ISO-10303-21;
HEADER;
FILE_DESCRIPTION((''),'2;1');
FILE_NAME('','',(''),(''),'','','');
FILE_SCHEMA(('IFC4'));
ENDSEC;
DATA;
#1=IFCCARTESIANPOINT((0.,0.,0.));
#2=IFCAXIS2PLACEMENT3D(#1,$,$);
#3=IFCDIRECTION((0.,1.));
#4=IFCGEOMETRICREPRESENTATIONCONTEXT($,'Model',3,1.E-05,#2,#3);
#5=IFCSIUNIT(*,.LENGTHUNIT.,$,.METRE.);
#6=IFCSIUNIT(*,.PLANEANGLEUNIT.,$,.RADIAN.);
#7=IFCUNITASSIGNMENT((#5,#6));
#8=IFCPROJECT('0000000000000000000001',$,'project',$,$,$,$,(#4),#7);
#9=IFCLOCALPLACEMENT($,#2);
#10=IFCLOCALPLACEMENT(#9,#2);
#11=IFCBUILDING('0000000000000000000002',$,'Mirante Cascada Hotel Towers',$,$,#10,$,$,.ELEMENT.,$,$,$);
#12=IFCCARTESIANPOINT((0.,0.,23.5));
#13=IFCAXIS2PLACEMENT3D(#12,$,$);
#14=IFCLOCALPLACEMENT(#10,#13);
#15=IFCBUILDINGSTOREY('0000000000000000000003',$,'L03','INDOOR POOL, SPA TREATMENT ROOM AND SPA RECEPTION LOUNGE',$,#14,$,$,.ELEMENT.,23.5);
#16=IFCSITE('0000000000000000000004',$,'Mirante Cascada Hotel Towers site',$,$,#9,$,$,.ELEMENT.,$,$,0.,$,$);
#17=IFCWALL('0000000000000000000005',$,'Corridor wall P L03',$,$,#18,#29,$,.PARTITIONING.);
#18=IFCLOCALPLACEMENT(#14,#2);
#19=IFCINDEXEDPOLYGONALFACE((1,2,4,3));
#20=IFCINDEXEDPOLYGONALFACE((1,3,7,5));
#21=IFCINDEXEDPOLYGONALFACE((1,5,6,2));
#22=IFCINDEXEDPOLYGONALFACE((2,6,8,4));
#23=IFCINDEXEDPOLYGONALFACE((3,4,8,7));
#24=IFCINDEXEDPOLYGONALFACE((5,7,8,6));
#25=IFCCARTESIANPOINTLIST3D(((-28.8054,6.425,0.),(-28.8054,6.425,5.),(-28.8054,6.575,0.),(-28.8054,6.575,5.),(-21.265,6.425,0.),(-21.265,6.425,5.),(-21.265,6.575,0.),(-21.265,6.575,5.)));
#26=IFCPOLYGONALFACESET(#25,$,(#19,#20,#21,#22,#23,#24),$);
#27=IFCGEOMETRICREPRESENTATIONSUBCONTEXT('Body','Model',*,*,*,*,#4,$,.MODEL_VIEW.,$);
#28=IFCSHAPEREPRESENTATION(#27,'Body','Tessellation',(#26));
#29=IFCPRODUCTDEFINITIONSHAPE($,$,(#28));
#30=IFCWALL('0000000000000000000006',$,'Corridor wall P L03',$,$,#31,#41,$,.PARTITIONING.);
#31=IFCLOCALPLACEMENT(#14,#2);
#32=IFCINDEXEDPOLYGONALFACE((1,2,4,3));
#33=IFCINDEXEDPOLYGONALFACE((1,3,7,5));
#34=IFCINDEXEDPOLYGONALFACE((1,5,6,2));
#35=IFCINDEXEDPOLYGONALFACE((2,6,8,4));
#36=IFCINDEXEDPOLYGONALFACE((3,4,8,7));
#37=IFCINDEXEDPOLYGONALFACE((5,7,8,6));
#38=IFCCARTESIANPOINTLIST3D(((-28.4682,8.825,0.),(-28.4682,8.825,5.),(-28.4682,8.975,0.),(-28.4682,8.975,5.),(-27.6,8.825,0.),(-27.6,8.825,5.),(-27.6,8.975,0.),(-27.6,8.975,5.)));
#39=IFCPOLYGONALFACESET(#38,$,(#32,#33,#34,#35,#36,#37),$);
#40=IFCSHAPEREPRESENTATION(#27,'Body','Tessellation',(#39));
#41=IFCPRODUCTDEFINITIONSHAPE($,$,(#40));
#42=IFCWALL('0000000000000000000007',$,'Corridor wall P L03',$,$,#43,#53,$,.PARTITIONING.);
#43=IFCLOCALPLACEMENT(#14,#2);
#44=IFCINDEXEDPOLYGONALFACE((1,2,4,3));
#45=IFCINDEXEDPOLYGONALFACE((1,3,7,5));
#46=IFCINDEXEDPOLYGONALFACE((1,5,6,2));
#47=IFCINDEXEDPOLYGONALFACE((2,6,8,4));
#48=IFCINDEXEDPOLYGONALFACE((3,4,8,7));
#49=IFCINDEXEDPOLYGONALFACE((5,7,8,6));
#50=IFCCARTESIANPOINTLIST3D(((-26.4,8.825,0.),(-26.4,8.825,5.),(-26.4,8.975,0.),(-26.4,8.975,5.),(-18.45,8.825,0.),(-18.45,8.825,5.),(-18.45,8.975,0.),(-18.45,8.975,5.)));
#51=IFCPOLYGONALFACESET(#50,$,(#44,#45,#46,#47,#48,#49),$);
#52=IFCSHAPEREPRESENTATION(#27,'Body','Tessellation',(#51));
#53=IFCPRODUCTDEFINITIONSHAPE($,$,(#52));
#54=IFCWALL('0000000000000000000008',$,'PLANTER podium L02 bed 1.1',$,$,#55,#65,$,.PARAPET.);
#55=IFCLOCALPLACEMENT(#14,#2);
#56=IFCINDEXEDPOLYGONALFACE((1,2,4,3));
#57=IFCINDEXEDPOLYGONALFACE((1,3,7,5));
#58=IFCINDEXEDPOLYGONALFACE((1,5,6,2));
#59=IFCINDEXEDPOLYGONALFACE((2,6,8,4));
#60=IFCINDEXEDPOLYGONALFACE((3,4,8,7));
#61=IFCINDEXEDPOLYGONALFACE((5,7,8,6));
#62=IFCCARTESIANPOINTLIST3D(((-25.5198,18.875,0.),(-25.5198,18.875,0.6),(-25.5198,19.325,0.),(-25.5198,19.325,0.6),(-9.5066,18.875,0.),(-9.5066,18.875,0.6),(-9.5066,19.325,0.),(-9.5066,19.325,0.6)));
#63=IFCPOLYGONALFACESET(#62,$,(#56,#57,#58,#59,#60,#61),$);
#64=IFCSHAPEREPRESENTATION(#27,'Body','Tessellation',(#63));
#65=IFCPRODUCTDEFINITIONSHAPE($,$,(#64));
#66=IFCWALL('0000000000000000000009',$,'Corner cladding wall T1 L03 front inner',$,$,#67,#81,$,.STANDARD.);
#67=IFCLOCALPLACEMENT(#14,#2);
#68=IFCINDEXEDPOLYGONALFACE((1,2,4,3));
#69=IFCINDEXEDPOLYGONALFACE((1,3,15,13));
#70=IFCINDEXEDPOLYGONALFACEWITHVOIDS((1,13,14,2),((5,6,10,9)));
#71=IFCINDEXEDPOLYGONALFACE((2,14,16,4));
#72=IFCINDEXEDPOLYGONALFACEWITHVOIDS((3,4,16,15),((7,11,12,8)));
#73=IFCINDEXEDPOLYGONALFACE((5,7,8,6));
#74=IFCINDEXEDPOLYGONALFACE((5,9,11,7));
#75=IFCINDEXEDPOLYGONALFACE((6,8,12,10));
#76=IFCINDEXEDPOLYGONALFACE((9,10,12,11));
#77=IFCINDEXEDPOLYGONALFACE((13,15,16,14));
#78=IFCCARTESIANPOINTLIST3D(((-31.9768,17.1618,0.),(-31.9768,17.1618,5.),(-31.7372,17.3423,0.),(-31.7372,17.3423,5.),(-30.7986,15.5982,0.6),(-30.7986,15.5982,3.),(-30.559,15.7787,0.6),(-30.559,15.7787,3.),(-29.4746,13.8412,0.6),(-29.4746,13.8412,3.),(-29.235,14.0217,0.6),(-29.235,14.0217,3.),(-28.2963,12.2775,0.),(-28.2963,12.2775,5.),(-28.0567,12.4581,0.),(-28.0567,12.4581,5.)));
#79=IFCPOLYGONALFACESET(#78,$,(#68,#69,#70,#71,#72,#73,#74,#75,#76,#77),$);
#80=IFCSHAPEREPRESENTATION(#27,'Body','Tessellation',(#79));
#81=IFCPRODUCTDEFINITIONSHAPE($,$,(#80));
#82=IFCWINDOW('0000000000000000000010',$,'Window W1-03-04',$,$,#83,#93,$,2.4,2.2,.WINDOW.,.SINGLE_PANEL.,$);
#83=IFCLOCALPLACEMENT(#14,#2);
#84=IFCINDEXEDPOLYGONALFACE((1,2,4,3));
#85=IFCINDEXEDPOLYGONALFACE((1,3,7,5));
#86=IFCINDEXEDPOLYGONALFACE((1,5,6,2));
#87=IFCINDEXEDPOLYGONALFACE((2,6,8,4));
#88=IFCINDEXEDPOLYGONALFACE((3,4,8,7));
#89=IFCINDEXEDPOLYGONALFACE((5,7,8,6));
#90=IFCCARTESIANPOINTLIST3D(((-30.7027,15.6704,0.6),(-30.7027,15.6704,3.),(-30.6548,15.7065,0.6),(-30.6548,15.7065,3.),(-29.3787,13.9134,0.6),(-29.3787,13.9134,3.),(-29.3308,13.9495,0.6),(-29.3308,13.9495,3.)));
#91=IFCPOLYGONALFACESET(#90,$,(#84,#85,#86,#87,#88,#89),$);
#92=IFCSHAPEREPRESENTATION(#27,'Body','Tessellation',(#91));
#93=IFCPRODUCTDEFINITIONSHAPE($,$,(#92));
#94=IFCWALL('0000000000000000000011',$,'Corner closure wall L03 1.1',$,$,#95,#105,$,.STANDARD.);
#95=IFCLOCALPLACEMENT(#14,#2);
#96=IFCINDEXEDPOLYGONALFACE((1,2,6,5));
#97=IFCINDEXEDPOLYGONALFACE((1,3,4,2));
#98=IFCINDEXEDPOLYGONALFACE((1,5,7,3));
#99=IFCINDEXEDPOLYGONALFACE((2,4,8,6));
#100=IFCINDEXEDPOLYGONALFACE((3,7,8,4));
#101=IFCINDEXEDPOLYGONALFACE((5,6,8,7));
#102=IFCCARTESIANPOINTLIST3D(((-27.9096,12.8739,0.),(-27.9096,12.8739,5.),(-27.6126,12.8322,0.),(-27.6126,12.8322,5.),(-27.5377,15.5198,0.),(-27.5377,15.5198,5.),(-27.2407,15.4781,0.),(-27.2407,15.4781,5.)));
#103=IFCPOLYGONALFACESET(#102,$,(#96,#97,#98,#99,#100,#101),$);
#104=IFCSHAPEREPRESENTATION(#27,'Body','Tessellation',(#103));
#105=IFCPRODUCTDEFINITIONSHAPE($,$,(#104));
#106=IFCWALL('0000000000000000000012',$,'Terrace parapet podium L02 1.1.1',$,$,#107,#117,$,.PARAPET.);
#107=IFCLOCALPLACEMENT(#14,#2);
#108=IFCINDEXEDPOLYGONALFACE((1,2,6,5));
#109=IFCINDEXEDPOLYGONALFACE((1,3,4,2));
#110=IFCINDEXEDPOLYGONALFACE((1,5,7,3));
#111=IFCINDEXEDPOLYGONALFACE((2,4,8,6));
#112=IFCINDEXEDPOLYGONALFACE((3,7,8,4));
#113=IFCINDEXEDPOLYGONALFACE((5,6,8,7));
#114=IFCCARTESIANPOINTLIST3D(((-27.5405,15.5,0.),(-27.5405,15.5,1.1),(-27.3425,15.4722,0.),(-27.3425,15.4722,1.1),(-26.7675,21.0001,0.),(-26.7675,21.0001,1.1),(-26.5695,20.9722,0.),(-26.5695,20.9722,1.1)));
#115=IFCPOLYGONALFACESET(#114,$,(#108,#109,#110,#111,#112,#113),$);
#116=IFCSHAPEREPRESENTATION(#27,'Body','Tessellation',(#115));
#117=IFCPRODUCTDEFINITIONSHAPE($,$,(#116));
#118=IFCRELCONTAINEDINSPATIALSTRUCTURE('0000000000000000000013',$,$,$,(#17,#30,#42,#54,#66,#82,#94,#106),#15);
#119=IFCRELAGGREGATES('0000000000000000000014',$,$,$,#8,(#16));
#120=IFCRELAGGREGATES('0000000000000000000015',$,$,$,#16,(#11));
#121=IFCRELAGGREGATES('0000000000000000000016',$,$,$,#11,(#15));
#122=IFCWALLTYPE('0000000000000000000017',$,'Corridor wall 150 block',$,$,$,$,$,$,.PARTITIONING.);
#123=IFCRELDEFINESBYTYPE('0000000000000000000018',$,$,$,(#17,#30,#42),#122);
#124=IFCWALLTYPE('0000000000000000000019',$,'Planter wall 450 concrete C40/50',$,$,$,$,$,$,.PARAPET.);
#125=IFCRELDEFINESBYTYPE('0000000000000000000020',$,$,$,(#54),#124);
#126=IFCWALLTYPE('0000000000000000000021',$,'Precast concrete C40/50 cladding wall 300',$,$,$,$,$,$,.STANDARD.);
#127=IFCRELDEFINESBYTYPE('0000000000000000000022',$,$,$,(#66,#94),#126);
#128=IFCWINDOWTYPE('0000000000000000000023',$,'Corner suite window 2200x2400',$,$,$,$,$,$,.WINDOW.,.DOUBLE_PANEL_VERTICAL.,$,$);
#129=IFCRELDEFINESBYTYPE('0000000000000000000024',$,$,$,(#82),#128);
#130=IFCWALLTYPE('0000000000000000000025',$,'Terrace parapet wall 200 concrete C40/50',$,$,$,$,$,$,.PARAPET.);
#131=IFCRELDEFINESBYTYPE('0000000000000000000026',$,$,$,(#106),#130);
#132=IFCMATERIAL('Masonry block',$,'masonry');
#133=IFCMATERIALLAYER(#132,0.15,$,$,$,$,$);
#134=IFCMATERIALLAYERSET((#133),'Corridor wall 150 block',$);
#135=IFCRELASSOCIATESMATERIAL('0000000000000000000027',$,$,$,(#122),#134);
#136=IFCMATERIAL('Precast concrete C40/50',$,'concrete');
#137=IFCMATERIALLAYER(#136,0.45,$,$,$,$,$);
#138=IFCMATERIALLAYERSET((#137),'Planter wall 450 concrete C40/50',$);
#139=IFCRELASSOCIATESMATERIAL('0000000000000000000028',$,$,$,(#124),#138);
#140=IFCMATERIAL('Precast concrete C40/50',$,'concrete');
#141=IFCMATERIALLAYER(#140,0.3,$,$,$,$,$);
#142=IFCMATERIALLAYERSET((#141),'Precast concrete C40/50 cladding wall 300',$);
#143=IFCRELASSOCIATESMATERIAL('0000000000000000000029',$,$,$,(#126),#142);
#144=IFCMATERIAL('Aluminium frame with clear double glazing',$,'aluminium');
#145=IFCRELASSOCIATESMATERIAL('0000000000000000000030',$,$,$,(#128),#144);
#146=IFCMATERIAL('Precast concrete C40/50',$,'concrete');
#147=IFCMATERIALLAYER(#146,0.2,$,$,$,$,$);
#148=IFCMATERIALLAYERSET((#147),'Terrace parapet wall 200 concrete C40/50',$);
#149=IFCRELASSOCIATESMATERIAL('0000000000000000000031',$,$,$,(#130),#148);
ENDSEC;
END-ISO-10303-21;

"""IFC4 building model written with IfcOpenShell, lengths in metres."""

from ifc_helpers import new_model, si_unit, direction, frame, frame_2d, origin, place, context, subcontext, project, spatial, rectangle, extrude, material, layer, layer_set, type_object, element, fill, save


model = new_model("IFC4")

# Units and contexts
model_context = context("Model", 3, precision=1e-05, world=origin(), true_north=direction((0.0, 1.0)))
body_context = subcontext(model_context, "Body", "Model", "MODEL_VIEW")
ifc_project = project(units=[si_unit("LENGTHUNIT", "METRE"), si_unit("PLANEANGLEUNIT", "RADIAN")], contexts=[model_context])

# Site, building, storey
site_placement = place(None, origin())
site = spatial("IfcSite", under=ifc_project, at=site_placement, Name="Mirante Cascada Hotel Towers site", CompositionType="ELEMENT", RefElevation=0.0)
building_placement = place(site_placement, origin())
building = spatial("IfcBuilding", under=site, at=building_placement, Name="Mirante Cascada Hotel Towers", CompositionType="ELEMENT")
storey_placement = place(building_placement, frame((0.0, 0.0, 23.5)))
storey = spatial("IfcBuildingStorey", under=building, at=storey_placement, Name="L03", Description="INDOOR POOL, SPA TREATMENT ROOM AND SPA RECEPTION LOUNGE", CompositionType="ELEMENT", Elevation=23.5)

# Walls
ifc_material_1 = material(Name="Masonry block", Category="masonry")
ifc_layer_1 = layer(ifc_material_1, 0.15)
ifc_layer_set_1 = layer_set([ifc_layer_1], Name="Corridor wall 150 block")
wall_type_1 = type_object("IfcWallType", Name="Corridor wall 150 block", PredefinedType="PARTITIONING", material=ifc_layer_set_1)
wall_1_placement = place(storey_placement, frame((-28.8054, 6.5, 0.0), z_axis=(0.0, 0.0, 1.0), x_axis=(1.0, 0.0, 0.0)))
element("IfcWall", 1, at=wall_1_placement, inside=storey, type_object=wall_type_1, Name="Corridor wall P L03", PredefinedType="PARTITIONING", context=body_context, shape_type="SweptSolid", body=[
    extrude(rectangle(XDim=7.5404, YDim=0.15, at=frame_2d((3.7702, 0.0))), origin(), (0.0, 0.0, 1.0), 5.0),
])
wall_2_placement = place(storey_placement, frame((-28.4681, 8.9, 0.0), z_axis=(0.0, 0.0, 1.0), x_axis=(1.0, 0.0, 0.0)))
element("IfcWall", 2, at=wall_2_placement, inside=storey, type_object=wall_type_1, Name="Corridor wall P L03", PredefinedType="PARTITIONING", context=body_context, shape_type="SweptSolid", body=[
    extrude(rectangle(XDim=0.8681, YDim=0.15, at=frame_2d((0.434, 0.0))), origin(), (0.0, 0.0, 1.0), 5.0),
])
wall_3_placement = place(storey_placement, frame((-26.4, 8.9, 0.0), z_axis=(0.0, 0.0, 1.0), x_axis=(1.0, 0.0, 0.0)))
element("IfcWall", 3, at=wall_3_placement, inside=storey, type_object=wall_type_1, Name="Corridor wall P L03", PredefinedType="PARTITIONING", context=body_context, shape_type="SweptSolid", body=[
    extrude(rectangle(XDim=7.95, YDim=0.15, at=frame_2d((3.975, 0.0))), origin(), (0.0, 0.0, 1.0), 5.0),
])
ifc_material_2 = material(Name="Precast concrete C40/50", Category="concrete")
ifc_layer_2 = layer(ifc_material_2, 0.45)
ifc_layer_set_2 = layer_set([ifc_layer_2], Name="Planter wall 450 concrete C40/50")
wall_type_2 = type_object("IfcWallType", Name="Planter wall 450 concrete C40/50", PredefinedType="PARAPET", material=ifc_layer_set_2)
wall_4_placement = place(storey_placement, frame((-25.5198, 19.1, 0.0), z_axis=(0.0, 0.0, 1.0), x_axis=(1.0, 0.0, 0.0)))
element("IfcWall", 4, at=wall_4_placement, inside=storey, type_object=wall_type_2, Name="PLANTER podium L02 bed 1.1", PredefinedType="PARAPET", context=body_context, shape_type="SweptSolid", body=[
    extrude(rectangle(XDim=16.0132, YDim=0.45, at=frame_2d((8.0066, 0.0))), origin(), (0.0, 0.0, 1.0), 0.6),
])

# Wall, opening, window
ifc_material_3 = material(Name="Precast concrete C40/50", Category="concrete")
ifc_layer_3 = layer(ifc_material_3, 0.3)
ifc_layer_set_3 = layer_set([ifc_layer_3], Name="Precast concrete C40/50 cladding wall 300")
wall_type_3 = type_object("IfcWallType", Name="Precast concrete C40/50 cladding wall 300", PredefinedType="STANDARD", material=ifc_layer_set_3)
wall_5_placement = place(storey_placement, frame((-31.857, 17.252, 0.0), z_axis=(0.0, 0.0, 1.0), x_axis=(0.601814, -0.798636, 0.0)))
wall_5 = element("IfcWall", 5, at=wall_5_placement, inside=storey, type_object=wall_type_3, Name="Corner cladding wall T1 L03 front inner", PredefinedType="STANDARD", context=body_context, shape_type="SweptSolid", body=[
    extrude(rectangle(XDim=6.1157, YDim=0.3, at=frame_2d((3.0578, 0.0))), origin(), (0.0, 0.0, 1.0), 5.0),
])
opening_placement = place(wall_5_placement, frame((1.9578, 0.0, 0.6)))
opening = element("IfcOpeningElement", 6, at=opening_placement, cuts=wall_5, PredefinedType="OPENING", context=body_context, shape_type="SweptSolid", body=[
    extrude(rectangle(XDim=2.2, YDim=2.4, at=frame_2d((1.1, 1.2))), frame((0.0, 0.15, 0.0), z_axis=(0.0, -1.0, 0.0), x_axis=(1.0, 0.0, 0.0)), (0.0, 0.0, 1.0), 0.3),
])
ifc_material_4 = material(Name="Aluminium frame with clear double glazing", Category="aluminium")
window_type = type_object("IfcWindowType", Name="Corner suite window 2200x2400", PartitioningType="DOUBLE_PANEL_VERTICAL", PredefinedType="WINDOW", material=ifc_material_4)
window_placement = place(opening_placement, origin())
window = element("IfcWindow", 7, at=window_placement, inside=storey, type_object=window_type, Name="Window W1-03-04", OverallHeight=2.4, OverallWidth=2.2, PartitioningType="SINGLE_PANEL", PredefinedType="WINDOW", context=body_context, shape_type="SweptSolid", body=[
    extrude(rectangle(XDim=2.2, YDim=2.4, at=frame_2d((1.1, 1.2))), frame((0.0, 0.03, 0.0), z_axis=(0.0, -1.0, 0.0), x_axis=(1.0, 0.0, 0.0)), (0.0, 0.0, 1.0), 0.06),
])
fill(opening, window)

# Walls
wall_6_placement = place(storey_placement, frame((-27.7611, 12.853, 0.0), z_axis=(0.0, 0.0, 1.0), x_axis=(0.139189, 0.990266, 0.0)))
element("IfcWall", 8, at=wall_6_placement, inside=storey, type_object=wall_type_3, Name="Corner closure wall L03 1.1", PredefinedType="STANDARD", context=body_context, shape_type="SweptSolid", body=[
    extrude(rectangle(XDim=2.6719, YDim=0.3, at=frame_2d((1.336, 0.0))), origin(), (0.0, 0.0, 1.0), 5.0),
])
ifc_material_5 = material(Name="Precast concrete C40/50", Category="concrete")
ifc_layer_4 = layer(ifc_material_5, 0.2)
ifc_layer_set_4 = layer_set([ifc_layer_4], Name="Terrace parapet wall 200 concrete C40/50")
wall_type_4 = type_object("IfcWallType", Name="Terrace parapet wall 200 concrete C40/50", PredefinedType="PARAPET", material=ifc_layer_set_4)
wall_7_placement = place(storey_placement, frame((-26.6685, 20.9861, 0.0), z_axis=(0.0, 0.0, 1.0), x_axis=(-0.139178, -0.990267, 0.0)))
element("IfcWall", 9, at=wall_7_placement, inside=storey, type_object=wall_type_4, Name="Terrace parapet podium L02 1.1.1", PredefinedType="PARAPET", context=body_context, shape_type="SweptSolid", body=[
    extrude(rectangle(XDim=5.5541, YDim=0.2, at=frame_2d((2.777, 0.0))), origin(), (0.0, 0.0, 1.0), 1.1),
])

save(model, "model.ifc")
